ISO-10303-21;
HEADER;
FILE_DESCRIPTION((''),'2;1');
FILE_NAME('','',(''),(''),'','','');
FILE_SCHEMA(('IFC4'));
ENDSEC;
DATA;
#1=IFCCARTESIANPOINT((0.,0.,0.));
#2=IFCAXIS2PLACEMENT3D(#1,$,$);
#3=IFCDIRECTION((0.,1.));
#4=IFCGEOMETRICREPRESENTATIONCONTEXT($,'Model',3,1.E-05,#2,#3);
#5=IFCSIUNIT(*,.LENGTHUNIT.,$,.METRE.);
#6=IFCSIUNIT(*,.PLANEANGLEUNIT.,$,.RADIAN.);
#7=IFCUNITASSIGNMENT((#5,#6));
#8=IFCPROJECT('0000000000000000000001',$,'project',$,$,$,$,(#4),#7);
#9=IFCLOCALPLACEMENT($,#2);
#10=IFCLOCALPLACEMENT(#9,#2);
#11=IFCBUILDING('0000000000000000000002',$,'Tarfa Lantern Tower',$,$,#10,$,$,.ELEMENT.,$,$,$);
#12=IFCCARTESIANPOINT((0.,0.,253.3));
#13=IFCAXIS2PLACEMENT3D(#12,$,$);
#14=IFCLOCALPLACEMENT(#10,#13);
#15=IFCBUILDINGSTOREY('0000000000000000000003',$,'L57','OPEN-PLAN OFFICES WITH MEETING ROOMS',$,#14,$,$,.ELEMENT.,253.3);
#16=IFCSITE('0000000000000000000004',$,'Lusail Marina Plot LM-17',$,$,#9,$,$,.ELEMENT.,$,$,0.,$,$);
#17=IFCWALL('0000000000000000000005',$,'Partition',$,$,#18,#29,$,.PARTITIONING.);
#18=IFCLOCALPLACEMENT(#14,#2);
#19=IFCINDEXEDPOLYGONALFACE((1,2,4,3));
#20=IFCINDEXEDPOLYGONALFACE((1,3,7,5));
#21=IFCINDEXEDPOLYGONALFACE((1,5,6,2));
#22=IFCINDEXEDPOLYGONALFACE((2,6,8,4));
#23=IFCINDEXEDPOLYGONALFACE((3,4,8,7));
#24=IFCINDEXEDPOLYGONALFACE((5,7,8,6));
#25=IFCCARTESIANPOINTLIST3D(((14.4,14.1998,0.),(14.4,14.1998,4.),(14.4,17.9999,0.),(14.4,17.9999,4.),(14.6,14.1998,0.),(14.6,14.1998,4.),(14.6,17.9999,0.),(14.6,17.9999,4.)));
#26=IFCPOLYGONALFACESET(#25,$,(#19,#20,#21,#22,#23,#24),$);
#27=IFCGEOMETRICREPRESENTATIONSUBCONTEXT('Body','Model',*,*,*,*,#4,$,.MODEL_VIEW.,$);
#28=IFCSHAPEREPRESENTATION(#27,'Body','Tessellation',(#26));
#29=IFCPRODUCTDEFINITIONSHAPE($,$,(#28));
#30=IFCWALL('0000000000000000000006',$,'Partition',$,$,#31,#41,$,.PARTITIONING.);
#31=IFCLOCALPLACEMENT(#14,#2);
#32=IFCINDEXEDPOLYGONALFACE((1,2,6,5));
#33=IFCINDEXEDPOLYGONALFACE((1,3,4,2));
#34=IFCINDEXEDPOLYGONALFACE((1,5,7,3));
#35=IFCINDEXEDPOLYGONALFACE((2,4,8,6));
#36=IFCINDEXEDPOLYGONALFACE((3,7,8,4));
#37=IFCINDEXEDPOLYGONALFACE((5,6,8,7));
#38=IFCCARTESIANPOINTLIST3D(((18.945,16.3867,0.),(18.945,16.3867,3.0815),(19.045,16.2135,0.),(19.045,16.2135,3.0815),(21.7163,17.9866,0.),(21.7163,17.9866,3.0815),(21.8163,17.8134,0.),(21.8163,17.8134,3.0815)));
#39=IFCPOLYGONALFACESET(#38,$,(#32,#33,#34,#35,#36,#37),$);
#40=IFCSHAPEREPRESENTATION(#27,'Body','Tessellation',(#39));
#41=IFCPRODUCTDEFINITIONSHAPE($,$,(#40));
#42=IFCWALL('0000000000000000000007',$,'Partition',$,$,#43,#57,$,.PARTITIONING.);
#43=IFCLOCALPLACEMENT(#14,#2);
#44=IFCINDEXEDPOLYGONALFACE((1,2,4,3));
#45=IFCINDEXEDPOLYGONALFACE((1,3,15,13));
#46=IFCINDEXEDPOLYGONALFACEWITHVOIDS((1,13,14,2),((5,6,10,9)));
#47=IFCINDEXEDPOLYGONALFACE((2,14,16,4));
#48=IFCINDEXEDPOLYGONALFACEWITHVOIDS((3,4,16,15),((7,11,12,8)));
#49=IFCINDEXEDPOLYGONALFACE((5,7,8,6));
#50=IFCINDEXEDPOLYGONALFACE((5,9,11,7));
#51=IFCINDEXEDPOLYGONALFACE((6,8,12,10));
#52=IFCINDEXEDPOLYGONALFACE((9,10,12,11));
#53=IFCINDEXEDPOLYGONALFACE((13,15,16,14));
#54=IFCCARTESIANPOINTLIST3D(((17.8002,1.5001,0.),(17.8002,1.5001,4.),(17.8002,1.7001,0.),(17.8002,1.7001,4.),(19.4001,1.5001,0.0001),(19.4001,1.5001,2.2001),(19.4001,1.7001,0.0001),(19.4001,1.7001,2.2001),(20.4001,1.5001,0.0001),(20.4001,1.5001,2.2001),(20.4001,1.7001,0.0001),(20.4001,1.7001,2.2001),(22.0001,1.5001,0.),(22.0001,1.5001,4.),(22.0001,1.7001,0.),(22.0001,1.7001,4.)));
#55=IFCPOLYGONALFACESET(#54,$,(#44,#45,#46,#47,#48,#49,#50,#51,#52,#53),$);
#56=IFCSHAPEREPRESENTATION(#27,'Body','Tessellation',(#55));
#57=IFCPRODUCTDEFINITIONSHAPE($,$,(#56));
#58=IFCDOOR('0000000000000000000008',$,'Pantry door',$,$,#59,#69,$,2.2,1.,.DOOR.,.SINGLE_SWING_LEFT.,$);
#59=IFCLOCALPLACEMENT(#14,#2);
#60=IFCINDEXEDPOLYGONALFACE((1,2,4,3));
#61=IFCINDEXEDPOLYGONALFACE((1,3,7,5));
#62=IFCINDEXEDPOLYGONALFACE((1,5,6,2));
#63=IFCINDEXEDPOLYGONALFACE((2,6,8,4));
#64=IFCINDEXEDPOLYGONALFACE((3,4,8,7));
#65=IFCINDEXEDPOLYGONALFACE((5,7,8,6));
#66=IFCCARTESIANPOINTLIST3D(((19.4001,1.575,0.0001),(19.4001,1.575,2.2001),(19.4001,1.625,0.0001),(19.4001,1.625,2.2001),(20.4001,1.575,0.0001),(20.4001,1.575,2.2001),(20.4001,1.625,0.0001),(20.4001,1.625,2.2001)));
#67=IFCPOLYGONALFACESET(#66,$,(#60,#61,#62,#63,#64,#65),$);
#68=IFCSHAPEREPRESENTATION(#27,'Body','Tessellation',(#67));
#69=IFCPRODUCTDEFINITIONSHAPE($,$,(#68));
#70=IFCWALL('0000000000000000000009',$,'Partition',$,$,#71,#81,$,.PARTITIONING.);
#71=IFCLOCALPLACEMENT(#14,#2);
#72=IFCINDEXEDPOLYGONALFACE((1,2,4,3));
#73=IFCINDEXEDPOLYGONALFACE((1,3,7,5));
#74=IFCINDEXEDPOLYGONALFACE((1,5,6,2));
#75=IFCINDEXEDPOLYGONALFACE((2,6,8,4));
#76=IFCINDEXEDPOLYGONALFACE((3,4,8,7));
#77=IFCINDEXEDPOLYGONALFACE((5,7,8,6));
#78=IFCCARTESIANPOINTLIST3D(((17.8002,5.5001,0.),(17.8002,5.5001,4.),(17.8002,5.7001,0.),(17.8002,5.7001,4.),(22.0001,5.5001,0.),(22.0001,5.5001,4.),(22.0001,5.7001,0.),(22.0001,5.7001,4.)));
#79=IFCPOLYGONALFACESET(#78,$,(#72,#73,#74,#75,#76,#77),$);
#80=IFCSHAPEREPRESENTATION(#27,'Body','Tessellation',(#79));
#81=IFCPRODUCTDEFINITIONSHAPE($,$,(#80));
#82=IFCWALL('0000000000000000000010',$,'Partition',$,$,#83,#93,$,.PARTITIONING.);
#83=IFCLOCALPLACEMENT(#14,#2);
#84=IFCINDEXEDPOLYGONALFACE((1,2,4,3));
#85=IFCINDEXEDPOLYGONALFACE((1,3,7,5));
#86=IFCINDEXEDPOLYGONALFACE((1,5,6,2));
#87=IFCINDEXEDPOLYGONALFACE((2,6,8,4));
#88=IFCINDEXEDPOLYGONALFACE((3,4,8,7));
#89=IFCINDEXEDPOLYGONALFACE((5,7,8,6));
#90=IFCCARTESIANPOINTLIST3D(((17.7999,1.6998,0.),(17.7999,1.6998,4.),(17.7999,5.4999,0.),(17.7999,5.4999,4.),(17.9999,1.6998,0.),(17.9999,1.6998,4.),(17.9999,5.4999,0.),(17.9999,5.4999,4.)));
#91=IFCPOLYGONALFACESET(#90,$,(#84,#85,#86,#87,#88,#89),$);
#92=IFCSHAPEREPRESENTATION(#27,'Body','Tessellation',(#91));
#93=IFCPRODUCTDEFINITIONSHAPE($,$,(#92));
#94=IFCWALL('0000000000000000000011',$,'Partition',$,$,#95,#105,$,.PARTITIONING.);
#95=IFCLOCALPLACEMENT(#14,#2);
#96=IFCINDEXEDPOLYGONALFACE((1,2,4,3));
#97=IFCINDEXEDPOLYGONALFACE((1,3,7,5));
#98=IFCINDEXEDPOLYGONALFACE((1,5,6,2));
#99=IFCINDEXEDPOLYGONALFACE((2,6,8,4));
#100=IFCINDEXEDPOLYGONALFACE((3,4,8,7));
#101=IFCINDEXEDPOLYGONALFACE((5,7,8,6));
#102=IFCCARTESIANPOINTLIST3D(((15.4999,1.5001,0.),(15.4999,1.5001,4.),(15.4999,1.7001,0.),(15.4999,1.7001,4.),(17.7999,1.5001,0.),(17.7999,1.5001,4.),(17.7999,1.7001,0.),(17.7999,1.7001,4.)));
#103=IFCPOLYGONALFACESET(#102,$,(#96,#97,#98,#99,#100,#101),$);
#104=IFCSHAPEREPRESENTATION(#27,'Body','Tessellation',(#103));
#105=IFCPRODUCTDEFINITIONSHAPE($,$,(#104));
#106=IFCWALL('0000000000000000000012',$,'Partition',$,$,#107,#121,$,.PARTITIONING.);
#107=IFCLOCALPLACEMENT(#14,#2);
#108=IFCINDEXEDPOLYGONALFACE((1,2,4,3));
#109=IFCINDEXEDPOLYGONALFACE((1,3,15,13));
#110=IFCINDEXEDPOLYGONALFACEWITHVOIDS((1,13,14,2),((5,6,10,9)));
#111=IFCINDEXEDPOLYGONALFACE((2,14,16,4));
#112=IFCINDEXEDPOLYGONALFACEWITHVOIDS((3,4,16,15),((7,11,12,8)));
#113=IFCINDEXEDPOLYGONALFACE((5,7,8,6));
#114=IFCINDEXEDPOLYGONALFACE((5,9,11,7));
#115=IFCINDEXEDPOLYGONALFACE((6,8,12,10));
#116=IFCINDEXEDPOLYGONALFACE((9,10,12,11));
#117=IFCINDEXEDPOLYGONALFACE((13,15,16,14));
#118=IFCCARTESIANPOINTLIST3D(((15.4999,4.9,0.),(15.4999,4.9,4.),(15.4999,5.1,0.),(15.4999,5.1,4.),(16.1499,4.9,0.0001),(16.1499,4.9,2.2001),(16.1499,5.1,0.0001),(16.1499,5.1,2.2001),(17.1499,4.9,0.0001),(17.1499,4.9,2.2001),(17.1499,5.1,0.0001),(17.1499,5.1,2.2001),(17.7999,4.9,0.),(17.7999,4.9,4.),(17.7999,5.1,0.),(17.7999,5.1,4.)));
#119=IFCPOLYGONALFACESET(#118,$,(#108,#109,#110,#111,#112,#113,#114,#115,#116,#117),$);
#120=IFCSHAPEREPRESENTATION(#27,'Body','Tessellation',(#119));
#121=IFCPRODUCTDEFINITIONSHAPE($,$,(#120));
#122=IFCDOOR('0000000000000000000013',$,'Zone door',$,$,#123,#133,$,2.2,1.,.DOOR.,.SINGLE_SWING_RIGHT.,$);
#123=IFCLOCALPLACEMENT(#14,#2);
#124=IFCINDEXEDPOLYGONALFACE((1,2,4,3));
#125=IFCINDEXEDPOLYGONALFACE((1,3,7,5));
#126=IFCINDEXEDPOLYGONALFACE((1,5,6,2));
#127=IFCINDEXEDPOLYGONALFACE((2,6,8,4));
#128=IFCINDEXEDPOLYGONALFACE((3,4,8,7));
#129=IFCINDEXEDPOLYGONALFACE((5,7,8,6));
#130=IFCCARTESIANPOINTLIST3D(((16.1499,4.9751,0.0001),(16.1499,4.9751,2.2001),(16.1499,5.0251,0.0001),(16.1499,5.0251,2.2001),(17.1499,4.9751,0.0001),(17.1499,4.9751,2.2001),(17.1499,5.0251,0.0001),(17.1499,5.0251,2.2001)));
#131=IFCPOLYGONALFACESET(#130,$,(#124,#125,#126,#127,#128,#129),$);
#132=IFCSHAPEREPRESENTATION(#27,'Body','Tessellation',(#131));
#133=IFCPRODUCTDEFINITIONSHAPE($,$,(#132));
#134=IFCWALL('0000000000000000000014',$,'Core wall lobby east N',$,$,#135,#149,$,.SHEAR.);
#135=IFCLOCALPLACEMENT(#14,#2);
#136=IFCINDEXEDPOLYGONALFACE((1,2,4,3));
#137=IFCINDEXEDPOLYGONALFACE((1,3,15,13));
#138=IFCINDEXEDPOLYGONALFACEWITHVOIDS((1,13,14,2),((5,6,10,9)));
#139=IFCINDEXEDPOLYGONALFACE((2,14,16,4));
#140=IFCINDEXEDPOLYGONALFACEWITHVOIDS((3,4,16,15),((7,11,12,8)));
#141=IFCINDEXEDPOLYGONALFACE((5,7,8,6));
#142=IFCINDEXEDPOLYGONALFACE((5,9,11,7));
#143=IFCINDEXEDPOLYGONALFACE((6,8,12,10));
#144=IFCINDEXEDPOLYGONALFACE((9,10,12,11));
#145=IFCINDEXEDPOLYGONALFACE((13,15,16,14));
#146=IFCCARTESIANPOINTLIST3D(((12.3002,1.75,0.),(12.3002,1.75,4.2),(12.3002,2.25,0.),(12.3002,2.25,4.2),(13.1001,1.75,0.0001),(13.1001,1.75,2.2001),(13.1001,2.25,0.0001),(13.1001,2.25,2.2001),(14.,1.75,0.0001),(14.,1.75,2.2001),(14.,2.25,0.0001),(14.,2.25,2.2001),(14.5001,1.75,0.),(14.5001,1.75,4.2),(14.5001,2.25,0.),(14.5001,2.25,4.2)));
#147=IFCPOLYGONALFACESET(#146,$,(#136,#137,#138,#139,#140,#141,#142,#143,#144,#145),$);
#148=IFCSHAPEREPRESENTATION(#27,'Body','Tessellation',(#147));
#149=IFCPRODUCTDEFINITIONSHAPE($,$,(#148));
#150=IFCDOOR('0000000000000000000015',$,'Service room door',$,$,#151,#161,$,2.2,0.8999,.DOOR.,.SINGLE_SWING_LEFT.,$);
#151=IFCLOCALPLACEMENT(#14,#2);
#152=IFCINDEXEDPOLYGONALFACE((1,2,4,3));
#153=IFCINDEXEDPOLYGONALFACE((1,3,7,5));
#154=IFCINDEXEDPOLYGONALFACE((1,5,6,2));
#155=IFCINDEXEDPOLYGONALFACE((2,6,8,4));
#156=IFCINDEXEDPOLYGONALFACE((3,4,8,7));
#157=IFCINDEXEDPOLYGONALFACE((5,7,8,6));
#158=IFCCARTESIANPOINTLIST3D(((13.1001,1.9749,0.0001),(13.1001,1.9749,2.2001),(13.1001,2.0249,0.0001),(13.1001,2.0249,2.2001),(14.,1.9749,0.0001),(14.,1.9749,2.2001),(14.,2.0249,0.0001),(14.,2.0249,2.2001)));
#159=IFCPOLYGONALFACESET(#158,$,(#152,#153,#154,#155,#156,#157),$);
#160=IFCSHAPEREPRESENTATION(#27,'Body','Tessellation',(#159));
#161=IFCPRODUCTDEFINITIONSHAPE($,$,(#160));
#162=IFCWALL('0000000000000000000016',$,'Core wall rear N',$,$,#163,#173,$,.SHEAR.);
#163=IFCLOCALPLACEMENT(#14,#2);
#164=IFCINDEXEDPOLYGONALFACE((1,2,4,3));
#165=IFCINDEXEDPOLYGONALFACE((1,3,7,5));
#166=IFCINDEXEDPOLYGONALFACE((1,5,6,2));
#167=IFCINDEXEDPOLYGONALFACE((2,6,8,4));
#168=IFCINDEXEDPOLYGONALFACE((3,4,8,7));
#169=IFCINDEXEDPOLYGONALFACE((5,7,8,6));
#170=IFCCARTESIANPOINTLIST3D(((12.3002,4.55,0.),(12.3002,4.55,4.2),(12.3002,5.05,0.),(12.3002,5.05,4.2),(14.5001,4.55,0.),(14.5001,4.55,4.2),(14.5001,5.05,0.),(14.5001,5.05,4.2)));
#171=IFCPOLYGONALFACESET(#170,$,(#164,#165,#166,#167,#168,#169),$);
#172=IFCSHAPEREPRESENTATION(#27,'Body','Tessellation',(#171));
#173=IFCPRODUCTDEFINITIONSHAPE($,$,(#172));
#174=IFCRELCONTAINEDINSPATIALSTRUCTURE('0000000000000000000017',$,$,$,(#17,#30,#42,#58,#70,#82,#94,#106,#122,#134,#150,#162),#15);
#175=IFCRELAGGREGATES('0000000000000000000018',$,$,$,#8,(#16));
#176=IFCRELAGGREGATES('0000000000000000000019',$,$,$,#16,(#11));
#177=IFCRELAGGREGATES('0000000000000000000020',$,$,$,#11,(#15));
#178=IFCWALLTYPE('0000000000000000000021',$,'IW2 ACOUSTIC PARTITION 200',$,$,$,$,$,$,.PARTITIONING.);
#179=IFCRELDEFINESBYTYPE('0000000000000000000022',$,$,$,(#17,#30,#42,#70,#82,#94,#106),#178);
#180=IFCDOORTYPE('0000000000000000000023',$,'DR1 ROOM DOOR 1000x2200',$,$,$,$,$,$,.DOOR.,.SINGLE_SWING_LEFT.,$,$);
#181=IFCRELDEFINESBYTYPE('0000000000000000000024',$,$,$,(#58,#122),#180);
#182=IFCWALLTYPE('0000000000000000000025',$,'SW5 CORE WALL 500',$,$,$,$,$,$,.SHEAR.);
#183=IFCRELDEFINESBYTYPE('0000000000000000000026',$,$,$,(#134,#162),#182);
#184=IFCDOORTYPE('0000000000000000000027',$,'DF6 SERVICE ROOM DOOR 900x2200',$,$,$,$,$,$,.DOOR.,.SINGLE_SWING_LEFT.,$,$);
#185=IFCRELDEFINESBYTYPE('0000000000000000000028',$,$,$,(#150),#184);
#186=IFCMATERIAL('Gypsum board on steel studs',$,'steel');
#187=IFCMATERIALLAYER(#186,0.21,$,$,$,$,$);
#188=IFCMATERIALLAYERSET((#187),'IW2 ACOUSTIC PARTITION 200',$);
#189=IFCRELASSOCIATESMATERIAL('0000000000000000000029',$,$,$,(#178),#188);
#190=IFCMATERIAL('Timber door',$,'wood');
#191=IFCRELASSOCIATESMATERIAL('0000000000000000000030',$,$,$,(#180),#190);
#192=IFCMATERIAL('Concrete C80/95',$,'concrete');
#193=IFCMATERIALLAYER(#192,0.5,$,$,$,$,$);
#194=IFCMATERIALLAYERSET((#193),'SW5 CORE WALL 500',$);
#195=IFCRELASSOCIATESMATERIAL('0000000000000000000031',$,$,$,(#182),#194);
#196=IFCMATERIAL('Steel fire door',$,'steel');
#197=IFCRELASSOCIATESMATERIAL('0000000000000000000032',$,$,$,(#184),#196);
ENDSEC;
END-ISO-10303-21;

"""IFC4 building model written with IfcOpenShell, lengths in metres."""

from ifc_helpers import new_model, si_unit, direction, frame, frame_2d, origin, place, context, subcontext, project, spatial, rectangle, extrude, material, layer, layer_set, type_object, element, fill, save


model = new_model("IFC4")

# Units and contexts
model_context = context("Model", 3, precision=1e-05, world=origin(), true_north=direction((0.0, 1.0)))
body_context = subcontext(model_context, "Body", "Model", "MODEL_VIEW")
ifc_project = project(units=[si_unit("LENGTHUNIT", "METRE"), si_unit("PLANEANGLEUNIT", "RADIAN")], contexts=[model_context])

# Site, building, storey
site_placement = place(None, origin())
site = spatial("IfcSite", under=ifc_project, at=site_placement, Name="Lusail Marina Plot LM-17", CompositionType="ELEMENT", RefElevation=0.0)
building_placement = place(site_placement, origin())
building = spatial("IfcBuilding", under=site, at=building_placement, Name="Tarfa Lantern Tower", CompositionType="ELEMENT")
storey_placement = place(building_placement, frame((0.0, 0.0, 253.3)))
storey = spatial("IfcBuildingStorey", under=building, at=storey_placement, Name="L57", Description="OPEN-PLAN OFFICES WITH MEETING ROOMS", CompositionType="ELEMENT", Elevation=253.3)

# Shared definitions
ifc_material_1 = material(Name="Concrete C80/95", Category="concrete")

# Walls
ifc_material_2 = material(Name="Gypsum board on steel studs", Category="steel")
ifc_layer_1 = layer(ifc_material_2, 0.21)
ifc_layer_set_1 = layer_set([ifc_layer_1], Name="IW2 ACOUSTIC PARTITION 200")
wall_type_1 = type_object("IfcWallType", Name="IW2 ACOUSTIC PARTITION 200", PredefinedType="PARTITIONING", material=ifc_layer_set_1)
wall_1_placement = place(storey_placement, frame((14.5, 14.2, 0.0), z_axis=(0.0, 0.0, 1.0), x_axis=(0.0, 1.0, 0.0)))
element("IfcWall", 1, at=wall_1_placement, inside=storey, type_object=wall_type_1, Name="Partition", PredefinedType="PARTITIONING", context=body_context, shape_type="SweptSolid", body=[
    extrude(rectangle(XDim=3.8, YDim=0.2, at=frame_2d((1.8999, 0.0))), origin(), (0.0, 0.0, 1.0), 4.0),
])
wall_2_placement = place(storey_placement, frame((18.9949, 16.3, 0.0), z_axis=(0.0, 0.0, 1.0), x_axis=(0.866042, 0.499971, 0.0)))
element("IfcWall", 2, at=wall_2_placement, inside=storey, type_object=wall_type_1, Name="Partition", PredefinedType="PARTITIONING", context=body_context, shape_type="SweptSolid", body=[
    extrude(rectangle(XDim=3.2, YDim=0.2, at=frame_2d((1.6001, 0.0))), origin(), (0.0, 0.0, 1.0), 3.0815),
])

# Wall, opening, door
wall_3_placement = place(storey_placement, frame((17.8, 1.6001, 0.0), z_axis=(0.0, 0.0, 1.0), x_axis=(1.0, 0.0, 0.0)))
wall_3 = element("IfcWall", 3, at=wall_3_placement, inside=storey, type_object=wall_type_1, Name="Partition", PredefinedType="PARTITIONING", context=body_context, shape_type="SweptSolid", body=[
    extrude(rectangle(XDim=4.2, YDim=0.2, at=frame_2d((2.1001, 0.0))), origin(), (0.0, 0.0, 1.0), 4.0),
])
opening_1_placement = place(wall_3_placement, frame((1.6001, 0.0, 0.0)))
opening_1 = element("IfcOpeningElement", 4, at=opening_1_placement, cuts=wall_3, PredefinedType="OPENING", context=body_context, shape_type="SweptSolid", body=[
    extrude(rectangle(XDim=1.0, YDim=2.2, at=frame_2d((0.5, 1.1001))), frame((0.0, 0.1099, 0.0), z_axis=(0.0, -1.0, 0.0), x_axis=(1.0, 0.0, 0.0)), (0.0, 0.0, 1.0), 0.22),
])
ifc_material_3 = material(Name="Timber door", Category="wood")
door_type_1 = type_object("IfcDoorType", Name="DR1 ROOM DOOR 1000x2200", OperationType="SINGLE_SWING_LEFT", PredefinedType="DOOR", material=ifc_material_3)
door_1_placement = place(opening_1_placement, origin())
door_1 = element("IfcDoor", 5, at=door_1_placement, inside=storey, type_object=door_type_1, Name="Pantry door", OperationType="SINGLE_SWING_LEFT", OverallHeight=2.2, OverallWidth=1.0, PredefinedType="DOOR", context=body_context, shape_type="SweptSolid", body=[
    extrude(rectangle(XDim=1.0, YDim=2.2, at=frame_2d((0.5, 1.1001))), frame((0.0, 0.0249, 0.0), z_axis=(0.0, -1.0, 0.0), x_axis=(1.0, 0.0, 0.0)), (0.0, 0.0, 1.0), 0.05),
])
fill(opening_1, door_1)

# Walls
wall_4_placement = place(storey_placement, frame((17.8, 5.6001, 0.0), z_axis=(0.0, 0.0, 1.0), x_axis=(1.0, 0.0, 0.0)))
element("IfcWall", 6, at=wall_4_placement, inside=storey, type_object=wall_type_1, Name="Partition", PredefinedType="PARTITIONING", context=body_context, shape_type="SweptSolid", body=[
    extrude(rectangle(XDim=4.2, YDim=0.2, at=frame_2d((2.1001, 0.0))), origin(), (0.0, 0.0, 1.0), 4.0),
])
wall_5_placement = place(storey_placement, frame((17.8999, 1.7, 0.0), z_axis=(0.0, 0.0, 1.0), x_axis=(0.0, 1.0, 0.0)))
element("IfcWall", 7, at=wall_5_placement, inside=storey, type_object=wall_type_1, Name="Partition", PredefinedType="PARTITIONING", context=body_context, shape_type="SweptSolid", body=[
    extrude(rectangle(XDim=3.8, YDim=0.2, at=frame_2d((1.8999, 0.0))), origin(), (0.0, 0.0, 1.0), 4.0),
])
wall_6_placement = place(storey_placement, frame((15.5, 1.6001, 0.0), z_axis=(0.0, 0.0, 1.0), x_axis=(1.0, 0.0, 0.0)))
element("IfcWall", 8, at=wall_6_placement, inside=storey, type_object=wall_type_1, Name="Partition", PredefinedType="PARTITIONING", context=body_context, shape_type="SweptSolid", body=[
    extrude(rectangle(XDim=2.3, YDim=0.2, at=frame_2d((1.1499, 0.0))), origin(), (0.0, 0.0, 1.0), 4.0),
])

# Walls, openings, doors
wall_7_placement = place(storey_placement, frame((15.5, 5.0, 0.0), z_axis=(0.0, 0.0, 1.0), x_axis=(1.0, 0.0, 0.0)))
wall_7 = element("IfcWall", 9, at=wall_7_placement, inside=storey, type_object=wall_type_1, Name="Partition", PredefinedType="PARTITIONING", context=body_context, shape_type="SweptSolid", body=[
    extrude(rectangle(XDim=2.3, YDim=0.2, at=frame_2d((1.1499, 0.0))), origin(), (0.0, 0.0, 1.0), 4.0),
])
opening_2_placement = place(wall_7_placement, frame((0.6499, 0.0, 0.0)))
opening_2 = element("IfcOpeningElement", 10, at=opening_2_placement, cuts=wall_7, PredefinedType="OPENING", context=body_context, shape_type="SweptSolid", body=[
    extrude(rectangle(XDim=1.0, YDim=2.2, at=frame_2d((0.5, 1.1001))), frame((0.0, 0.1099, 0.0), z_axis=(0.0, -1.0, 0.0), x_axis=(1.0, 0.0, 0.0)), (0.0, 0.0, 1.0), 0.22),
])
door_2_placement = place(opening_2_placement, frame((1.0, 0.0, 0.0), z_axis=(0.0, 0.0, 1.0), x_axis=(-1.0, 0.0, 0.0)))
door_2 = element("IfcDoor", 11, at=door_2_placement, inside=storey, type_object=door_type_1, Name="Zone door", OperationType="SINGLE_SWING_RIGHT", OverallHeight=2.2, OverallWidth=1.0, PredefinedType="DOOR", context=body_context, shape_type="SweptSolid", body=[
    extrude(rectangle(XDim=1.0, YDim=2.2, at=frame_2d((0.5, 1.1001))), frame((0.0, 0.0249, 0.0), z_axis=(0.0, -1.0, 0.0), x_axis=(1.0, 0.0, 0.0)), (0.0, 0.0, 1.0), 0.05),
])
fill(opening_2, door_2)
ifc_layer_2 = layer(ifc_material_1, 0.5)
ifc_layer_set_2 = layer_set([ifc_layer_2], Name="SW5 CORE WALL 500")
wall_type_2 = type_object("IfcWallType", Name="SW5 CORE WALL 500", PredefinedType="SHEAR", material=ifc_layer_set_2)
wall_8_placement = place(storey_placement, frame((12.3, 2.0, 0.0), z_axis=(0.0, 0.0, 1.0), x_axis=(1.0, 0.0, 0.0)))
wall_8 = element("IfcWall", 12, at=wall_8_placement, inside=storey, type_object=wall_type_2, Name="Core wall lobby east N", PredefinedType="SHEAR", context=body_context, shape_type="SweptSolid", body=[
    extrude(rectangle(XDim=2.2, YDim=0.5, at=frame_2d((1.1001, 0.0))), origin(), (0.0, 0.0, 1.0), 4.2),
])
opening_3_placement = place(wall_8_placement, frame((0.8, 0.0, 0.0)))
opening_3 = element("IfcOpeningElement", 13, at=opening_3_placement, cuts=wall_8, PredefinedType="OPENING", context=body_context, shape_type="SweptSolid", body=[
    extrude(rectangle(XDim=0.8999, YDim=2.2, at=frame_2d((0.45, 1.1001))), frame((0.0, 0.26, 0.0), z_axis=(0.0, -1.0, 0.0), x_axis=(1.0, 0.0, 0.0)), (0.0, 0.0, 1.0), 0.52),
])
ifc_material_4 = material(Name="Steel fire door", Category="steel")
door_type_2 = type_object("IfcDoorType", Name="DF6 SERVICE ROOM DOOR 900x2200", OperationType="SINGLE_SWING_LEFT", PredefinedType="DOOR", material=ifc_material_4)
door_3_placement = place(opening_3_placement, origin())
door_3 = element("IfcDoor", 14, at=door_3_placement, inside=storey, type_object=door_type_2, Name="Service room door", OperationType="SINGLE_SWING_LEFT", OverallHeight=2.2, OverallWidth=0.8999, PredefinedType="DOOR", context=body_context, shape_type="SweptSolid", body=[
    extrude(rectangle(XDim=0.8999, YDim=2.2, at=frame_2d((0.45, 1.1001))), frame((0.0, 0.0249, 0.0), z_axis=(0.0, -1.0, 0.0), x_axis=(1.0, 0.0, 0.0)), (0.0, 0.0, 1.0), 0.05),
])
fill(opening_3, door_3)

# Wall
wall_9_placement = place(storey_placement, frame((12.3, 4.8, 0.0), z_axis=(0.0, 0.0, 1.0), x_axis=(1.0, 0.0, 0.0)))
element("IfcWall", 15, at=wall_9_placement, inside=storey, type_object=wall_type_2, Name="Core wall rear N", PredefinedType="SHEAR", context=body_context, shape_type="SweptSolid", body=[
    extrude(rectangle(XDim=2.2, YDim=0.5, at=frame_2d((1.1001, 0.0))), origin(), (0.0, 0.0, 1.0), 4.2),
])

save(model, "model.ifc")
